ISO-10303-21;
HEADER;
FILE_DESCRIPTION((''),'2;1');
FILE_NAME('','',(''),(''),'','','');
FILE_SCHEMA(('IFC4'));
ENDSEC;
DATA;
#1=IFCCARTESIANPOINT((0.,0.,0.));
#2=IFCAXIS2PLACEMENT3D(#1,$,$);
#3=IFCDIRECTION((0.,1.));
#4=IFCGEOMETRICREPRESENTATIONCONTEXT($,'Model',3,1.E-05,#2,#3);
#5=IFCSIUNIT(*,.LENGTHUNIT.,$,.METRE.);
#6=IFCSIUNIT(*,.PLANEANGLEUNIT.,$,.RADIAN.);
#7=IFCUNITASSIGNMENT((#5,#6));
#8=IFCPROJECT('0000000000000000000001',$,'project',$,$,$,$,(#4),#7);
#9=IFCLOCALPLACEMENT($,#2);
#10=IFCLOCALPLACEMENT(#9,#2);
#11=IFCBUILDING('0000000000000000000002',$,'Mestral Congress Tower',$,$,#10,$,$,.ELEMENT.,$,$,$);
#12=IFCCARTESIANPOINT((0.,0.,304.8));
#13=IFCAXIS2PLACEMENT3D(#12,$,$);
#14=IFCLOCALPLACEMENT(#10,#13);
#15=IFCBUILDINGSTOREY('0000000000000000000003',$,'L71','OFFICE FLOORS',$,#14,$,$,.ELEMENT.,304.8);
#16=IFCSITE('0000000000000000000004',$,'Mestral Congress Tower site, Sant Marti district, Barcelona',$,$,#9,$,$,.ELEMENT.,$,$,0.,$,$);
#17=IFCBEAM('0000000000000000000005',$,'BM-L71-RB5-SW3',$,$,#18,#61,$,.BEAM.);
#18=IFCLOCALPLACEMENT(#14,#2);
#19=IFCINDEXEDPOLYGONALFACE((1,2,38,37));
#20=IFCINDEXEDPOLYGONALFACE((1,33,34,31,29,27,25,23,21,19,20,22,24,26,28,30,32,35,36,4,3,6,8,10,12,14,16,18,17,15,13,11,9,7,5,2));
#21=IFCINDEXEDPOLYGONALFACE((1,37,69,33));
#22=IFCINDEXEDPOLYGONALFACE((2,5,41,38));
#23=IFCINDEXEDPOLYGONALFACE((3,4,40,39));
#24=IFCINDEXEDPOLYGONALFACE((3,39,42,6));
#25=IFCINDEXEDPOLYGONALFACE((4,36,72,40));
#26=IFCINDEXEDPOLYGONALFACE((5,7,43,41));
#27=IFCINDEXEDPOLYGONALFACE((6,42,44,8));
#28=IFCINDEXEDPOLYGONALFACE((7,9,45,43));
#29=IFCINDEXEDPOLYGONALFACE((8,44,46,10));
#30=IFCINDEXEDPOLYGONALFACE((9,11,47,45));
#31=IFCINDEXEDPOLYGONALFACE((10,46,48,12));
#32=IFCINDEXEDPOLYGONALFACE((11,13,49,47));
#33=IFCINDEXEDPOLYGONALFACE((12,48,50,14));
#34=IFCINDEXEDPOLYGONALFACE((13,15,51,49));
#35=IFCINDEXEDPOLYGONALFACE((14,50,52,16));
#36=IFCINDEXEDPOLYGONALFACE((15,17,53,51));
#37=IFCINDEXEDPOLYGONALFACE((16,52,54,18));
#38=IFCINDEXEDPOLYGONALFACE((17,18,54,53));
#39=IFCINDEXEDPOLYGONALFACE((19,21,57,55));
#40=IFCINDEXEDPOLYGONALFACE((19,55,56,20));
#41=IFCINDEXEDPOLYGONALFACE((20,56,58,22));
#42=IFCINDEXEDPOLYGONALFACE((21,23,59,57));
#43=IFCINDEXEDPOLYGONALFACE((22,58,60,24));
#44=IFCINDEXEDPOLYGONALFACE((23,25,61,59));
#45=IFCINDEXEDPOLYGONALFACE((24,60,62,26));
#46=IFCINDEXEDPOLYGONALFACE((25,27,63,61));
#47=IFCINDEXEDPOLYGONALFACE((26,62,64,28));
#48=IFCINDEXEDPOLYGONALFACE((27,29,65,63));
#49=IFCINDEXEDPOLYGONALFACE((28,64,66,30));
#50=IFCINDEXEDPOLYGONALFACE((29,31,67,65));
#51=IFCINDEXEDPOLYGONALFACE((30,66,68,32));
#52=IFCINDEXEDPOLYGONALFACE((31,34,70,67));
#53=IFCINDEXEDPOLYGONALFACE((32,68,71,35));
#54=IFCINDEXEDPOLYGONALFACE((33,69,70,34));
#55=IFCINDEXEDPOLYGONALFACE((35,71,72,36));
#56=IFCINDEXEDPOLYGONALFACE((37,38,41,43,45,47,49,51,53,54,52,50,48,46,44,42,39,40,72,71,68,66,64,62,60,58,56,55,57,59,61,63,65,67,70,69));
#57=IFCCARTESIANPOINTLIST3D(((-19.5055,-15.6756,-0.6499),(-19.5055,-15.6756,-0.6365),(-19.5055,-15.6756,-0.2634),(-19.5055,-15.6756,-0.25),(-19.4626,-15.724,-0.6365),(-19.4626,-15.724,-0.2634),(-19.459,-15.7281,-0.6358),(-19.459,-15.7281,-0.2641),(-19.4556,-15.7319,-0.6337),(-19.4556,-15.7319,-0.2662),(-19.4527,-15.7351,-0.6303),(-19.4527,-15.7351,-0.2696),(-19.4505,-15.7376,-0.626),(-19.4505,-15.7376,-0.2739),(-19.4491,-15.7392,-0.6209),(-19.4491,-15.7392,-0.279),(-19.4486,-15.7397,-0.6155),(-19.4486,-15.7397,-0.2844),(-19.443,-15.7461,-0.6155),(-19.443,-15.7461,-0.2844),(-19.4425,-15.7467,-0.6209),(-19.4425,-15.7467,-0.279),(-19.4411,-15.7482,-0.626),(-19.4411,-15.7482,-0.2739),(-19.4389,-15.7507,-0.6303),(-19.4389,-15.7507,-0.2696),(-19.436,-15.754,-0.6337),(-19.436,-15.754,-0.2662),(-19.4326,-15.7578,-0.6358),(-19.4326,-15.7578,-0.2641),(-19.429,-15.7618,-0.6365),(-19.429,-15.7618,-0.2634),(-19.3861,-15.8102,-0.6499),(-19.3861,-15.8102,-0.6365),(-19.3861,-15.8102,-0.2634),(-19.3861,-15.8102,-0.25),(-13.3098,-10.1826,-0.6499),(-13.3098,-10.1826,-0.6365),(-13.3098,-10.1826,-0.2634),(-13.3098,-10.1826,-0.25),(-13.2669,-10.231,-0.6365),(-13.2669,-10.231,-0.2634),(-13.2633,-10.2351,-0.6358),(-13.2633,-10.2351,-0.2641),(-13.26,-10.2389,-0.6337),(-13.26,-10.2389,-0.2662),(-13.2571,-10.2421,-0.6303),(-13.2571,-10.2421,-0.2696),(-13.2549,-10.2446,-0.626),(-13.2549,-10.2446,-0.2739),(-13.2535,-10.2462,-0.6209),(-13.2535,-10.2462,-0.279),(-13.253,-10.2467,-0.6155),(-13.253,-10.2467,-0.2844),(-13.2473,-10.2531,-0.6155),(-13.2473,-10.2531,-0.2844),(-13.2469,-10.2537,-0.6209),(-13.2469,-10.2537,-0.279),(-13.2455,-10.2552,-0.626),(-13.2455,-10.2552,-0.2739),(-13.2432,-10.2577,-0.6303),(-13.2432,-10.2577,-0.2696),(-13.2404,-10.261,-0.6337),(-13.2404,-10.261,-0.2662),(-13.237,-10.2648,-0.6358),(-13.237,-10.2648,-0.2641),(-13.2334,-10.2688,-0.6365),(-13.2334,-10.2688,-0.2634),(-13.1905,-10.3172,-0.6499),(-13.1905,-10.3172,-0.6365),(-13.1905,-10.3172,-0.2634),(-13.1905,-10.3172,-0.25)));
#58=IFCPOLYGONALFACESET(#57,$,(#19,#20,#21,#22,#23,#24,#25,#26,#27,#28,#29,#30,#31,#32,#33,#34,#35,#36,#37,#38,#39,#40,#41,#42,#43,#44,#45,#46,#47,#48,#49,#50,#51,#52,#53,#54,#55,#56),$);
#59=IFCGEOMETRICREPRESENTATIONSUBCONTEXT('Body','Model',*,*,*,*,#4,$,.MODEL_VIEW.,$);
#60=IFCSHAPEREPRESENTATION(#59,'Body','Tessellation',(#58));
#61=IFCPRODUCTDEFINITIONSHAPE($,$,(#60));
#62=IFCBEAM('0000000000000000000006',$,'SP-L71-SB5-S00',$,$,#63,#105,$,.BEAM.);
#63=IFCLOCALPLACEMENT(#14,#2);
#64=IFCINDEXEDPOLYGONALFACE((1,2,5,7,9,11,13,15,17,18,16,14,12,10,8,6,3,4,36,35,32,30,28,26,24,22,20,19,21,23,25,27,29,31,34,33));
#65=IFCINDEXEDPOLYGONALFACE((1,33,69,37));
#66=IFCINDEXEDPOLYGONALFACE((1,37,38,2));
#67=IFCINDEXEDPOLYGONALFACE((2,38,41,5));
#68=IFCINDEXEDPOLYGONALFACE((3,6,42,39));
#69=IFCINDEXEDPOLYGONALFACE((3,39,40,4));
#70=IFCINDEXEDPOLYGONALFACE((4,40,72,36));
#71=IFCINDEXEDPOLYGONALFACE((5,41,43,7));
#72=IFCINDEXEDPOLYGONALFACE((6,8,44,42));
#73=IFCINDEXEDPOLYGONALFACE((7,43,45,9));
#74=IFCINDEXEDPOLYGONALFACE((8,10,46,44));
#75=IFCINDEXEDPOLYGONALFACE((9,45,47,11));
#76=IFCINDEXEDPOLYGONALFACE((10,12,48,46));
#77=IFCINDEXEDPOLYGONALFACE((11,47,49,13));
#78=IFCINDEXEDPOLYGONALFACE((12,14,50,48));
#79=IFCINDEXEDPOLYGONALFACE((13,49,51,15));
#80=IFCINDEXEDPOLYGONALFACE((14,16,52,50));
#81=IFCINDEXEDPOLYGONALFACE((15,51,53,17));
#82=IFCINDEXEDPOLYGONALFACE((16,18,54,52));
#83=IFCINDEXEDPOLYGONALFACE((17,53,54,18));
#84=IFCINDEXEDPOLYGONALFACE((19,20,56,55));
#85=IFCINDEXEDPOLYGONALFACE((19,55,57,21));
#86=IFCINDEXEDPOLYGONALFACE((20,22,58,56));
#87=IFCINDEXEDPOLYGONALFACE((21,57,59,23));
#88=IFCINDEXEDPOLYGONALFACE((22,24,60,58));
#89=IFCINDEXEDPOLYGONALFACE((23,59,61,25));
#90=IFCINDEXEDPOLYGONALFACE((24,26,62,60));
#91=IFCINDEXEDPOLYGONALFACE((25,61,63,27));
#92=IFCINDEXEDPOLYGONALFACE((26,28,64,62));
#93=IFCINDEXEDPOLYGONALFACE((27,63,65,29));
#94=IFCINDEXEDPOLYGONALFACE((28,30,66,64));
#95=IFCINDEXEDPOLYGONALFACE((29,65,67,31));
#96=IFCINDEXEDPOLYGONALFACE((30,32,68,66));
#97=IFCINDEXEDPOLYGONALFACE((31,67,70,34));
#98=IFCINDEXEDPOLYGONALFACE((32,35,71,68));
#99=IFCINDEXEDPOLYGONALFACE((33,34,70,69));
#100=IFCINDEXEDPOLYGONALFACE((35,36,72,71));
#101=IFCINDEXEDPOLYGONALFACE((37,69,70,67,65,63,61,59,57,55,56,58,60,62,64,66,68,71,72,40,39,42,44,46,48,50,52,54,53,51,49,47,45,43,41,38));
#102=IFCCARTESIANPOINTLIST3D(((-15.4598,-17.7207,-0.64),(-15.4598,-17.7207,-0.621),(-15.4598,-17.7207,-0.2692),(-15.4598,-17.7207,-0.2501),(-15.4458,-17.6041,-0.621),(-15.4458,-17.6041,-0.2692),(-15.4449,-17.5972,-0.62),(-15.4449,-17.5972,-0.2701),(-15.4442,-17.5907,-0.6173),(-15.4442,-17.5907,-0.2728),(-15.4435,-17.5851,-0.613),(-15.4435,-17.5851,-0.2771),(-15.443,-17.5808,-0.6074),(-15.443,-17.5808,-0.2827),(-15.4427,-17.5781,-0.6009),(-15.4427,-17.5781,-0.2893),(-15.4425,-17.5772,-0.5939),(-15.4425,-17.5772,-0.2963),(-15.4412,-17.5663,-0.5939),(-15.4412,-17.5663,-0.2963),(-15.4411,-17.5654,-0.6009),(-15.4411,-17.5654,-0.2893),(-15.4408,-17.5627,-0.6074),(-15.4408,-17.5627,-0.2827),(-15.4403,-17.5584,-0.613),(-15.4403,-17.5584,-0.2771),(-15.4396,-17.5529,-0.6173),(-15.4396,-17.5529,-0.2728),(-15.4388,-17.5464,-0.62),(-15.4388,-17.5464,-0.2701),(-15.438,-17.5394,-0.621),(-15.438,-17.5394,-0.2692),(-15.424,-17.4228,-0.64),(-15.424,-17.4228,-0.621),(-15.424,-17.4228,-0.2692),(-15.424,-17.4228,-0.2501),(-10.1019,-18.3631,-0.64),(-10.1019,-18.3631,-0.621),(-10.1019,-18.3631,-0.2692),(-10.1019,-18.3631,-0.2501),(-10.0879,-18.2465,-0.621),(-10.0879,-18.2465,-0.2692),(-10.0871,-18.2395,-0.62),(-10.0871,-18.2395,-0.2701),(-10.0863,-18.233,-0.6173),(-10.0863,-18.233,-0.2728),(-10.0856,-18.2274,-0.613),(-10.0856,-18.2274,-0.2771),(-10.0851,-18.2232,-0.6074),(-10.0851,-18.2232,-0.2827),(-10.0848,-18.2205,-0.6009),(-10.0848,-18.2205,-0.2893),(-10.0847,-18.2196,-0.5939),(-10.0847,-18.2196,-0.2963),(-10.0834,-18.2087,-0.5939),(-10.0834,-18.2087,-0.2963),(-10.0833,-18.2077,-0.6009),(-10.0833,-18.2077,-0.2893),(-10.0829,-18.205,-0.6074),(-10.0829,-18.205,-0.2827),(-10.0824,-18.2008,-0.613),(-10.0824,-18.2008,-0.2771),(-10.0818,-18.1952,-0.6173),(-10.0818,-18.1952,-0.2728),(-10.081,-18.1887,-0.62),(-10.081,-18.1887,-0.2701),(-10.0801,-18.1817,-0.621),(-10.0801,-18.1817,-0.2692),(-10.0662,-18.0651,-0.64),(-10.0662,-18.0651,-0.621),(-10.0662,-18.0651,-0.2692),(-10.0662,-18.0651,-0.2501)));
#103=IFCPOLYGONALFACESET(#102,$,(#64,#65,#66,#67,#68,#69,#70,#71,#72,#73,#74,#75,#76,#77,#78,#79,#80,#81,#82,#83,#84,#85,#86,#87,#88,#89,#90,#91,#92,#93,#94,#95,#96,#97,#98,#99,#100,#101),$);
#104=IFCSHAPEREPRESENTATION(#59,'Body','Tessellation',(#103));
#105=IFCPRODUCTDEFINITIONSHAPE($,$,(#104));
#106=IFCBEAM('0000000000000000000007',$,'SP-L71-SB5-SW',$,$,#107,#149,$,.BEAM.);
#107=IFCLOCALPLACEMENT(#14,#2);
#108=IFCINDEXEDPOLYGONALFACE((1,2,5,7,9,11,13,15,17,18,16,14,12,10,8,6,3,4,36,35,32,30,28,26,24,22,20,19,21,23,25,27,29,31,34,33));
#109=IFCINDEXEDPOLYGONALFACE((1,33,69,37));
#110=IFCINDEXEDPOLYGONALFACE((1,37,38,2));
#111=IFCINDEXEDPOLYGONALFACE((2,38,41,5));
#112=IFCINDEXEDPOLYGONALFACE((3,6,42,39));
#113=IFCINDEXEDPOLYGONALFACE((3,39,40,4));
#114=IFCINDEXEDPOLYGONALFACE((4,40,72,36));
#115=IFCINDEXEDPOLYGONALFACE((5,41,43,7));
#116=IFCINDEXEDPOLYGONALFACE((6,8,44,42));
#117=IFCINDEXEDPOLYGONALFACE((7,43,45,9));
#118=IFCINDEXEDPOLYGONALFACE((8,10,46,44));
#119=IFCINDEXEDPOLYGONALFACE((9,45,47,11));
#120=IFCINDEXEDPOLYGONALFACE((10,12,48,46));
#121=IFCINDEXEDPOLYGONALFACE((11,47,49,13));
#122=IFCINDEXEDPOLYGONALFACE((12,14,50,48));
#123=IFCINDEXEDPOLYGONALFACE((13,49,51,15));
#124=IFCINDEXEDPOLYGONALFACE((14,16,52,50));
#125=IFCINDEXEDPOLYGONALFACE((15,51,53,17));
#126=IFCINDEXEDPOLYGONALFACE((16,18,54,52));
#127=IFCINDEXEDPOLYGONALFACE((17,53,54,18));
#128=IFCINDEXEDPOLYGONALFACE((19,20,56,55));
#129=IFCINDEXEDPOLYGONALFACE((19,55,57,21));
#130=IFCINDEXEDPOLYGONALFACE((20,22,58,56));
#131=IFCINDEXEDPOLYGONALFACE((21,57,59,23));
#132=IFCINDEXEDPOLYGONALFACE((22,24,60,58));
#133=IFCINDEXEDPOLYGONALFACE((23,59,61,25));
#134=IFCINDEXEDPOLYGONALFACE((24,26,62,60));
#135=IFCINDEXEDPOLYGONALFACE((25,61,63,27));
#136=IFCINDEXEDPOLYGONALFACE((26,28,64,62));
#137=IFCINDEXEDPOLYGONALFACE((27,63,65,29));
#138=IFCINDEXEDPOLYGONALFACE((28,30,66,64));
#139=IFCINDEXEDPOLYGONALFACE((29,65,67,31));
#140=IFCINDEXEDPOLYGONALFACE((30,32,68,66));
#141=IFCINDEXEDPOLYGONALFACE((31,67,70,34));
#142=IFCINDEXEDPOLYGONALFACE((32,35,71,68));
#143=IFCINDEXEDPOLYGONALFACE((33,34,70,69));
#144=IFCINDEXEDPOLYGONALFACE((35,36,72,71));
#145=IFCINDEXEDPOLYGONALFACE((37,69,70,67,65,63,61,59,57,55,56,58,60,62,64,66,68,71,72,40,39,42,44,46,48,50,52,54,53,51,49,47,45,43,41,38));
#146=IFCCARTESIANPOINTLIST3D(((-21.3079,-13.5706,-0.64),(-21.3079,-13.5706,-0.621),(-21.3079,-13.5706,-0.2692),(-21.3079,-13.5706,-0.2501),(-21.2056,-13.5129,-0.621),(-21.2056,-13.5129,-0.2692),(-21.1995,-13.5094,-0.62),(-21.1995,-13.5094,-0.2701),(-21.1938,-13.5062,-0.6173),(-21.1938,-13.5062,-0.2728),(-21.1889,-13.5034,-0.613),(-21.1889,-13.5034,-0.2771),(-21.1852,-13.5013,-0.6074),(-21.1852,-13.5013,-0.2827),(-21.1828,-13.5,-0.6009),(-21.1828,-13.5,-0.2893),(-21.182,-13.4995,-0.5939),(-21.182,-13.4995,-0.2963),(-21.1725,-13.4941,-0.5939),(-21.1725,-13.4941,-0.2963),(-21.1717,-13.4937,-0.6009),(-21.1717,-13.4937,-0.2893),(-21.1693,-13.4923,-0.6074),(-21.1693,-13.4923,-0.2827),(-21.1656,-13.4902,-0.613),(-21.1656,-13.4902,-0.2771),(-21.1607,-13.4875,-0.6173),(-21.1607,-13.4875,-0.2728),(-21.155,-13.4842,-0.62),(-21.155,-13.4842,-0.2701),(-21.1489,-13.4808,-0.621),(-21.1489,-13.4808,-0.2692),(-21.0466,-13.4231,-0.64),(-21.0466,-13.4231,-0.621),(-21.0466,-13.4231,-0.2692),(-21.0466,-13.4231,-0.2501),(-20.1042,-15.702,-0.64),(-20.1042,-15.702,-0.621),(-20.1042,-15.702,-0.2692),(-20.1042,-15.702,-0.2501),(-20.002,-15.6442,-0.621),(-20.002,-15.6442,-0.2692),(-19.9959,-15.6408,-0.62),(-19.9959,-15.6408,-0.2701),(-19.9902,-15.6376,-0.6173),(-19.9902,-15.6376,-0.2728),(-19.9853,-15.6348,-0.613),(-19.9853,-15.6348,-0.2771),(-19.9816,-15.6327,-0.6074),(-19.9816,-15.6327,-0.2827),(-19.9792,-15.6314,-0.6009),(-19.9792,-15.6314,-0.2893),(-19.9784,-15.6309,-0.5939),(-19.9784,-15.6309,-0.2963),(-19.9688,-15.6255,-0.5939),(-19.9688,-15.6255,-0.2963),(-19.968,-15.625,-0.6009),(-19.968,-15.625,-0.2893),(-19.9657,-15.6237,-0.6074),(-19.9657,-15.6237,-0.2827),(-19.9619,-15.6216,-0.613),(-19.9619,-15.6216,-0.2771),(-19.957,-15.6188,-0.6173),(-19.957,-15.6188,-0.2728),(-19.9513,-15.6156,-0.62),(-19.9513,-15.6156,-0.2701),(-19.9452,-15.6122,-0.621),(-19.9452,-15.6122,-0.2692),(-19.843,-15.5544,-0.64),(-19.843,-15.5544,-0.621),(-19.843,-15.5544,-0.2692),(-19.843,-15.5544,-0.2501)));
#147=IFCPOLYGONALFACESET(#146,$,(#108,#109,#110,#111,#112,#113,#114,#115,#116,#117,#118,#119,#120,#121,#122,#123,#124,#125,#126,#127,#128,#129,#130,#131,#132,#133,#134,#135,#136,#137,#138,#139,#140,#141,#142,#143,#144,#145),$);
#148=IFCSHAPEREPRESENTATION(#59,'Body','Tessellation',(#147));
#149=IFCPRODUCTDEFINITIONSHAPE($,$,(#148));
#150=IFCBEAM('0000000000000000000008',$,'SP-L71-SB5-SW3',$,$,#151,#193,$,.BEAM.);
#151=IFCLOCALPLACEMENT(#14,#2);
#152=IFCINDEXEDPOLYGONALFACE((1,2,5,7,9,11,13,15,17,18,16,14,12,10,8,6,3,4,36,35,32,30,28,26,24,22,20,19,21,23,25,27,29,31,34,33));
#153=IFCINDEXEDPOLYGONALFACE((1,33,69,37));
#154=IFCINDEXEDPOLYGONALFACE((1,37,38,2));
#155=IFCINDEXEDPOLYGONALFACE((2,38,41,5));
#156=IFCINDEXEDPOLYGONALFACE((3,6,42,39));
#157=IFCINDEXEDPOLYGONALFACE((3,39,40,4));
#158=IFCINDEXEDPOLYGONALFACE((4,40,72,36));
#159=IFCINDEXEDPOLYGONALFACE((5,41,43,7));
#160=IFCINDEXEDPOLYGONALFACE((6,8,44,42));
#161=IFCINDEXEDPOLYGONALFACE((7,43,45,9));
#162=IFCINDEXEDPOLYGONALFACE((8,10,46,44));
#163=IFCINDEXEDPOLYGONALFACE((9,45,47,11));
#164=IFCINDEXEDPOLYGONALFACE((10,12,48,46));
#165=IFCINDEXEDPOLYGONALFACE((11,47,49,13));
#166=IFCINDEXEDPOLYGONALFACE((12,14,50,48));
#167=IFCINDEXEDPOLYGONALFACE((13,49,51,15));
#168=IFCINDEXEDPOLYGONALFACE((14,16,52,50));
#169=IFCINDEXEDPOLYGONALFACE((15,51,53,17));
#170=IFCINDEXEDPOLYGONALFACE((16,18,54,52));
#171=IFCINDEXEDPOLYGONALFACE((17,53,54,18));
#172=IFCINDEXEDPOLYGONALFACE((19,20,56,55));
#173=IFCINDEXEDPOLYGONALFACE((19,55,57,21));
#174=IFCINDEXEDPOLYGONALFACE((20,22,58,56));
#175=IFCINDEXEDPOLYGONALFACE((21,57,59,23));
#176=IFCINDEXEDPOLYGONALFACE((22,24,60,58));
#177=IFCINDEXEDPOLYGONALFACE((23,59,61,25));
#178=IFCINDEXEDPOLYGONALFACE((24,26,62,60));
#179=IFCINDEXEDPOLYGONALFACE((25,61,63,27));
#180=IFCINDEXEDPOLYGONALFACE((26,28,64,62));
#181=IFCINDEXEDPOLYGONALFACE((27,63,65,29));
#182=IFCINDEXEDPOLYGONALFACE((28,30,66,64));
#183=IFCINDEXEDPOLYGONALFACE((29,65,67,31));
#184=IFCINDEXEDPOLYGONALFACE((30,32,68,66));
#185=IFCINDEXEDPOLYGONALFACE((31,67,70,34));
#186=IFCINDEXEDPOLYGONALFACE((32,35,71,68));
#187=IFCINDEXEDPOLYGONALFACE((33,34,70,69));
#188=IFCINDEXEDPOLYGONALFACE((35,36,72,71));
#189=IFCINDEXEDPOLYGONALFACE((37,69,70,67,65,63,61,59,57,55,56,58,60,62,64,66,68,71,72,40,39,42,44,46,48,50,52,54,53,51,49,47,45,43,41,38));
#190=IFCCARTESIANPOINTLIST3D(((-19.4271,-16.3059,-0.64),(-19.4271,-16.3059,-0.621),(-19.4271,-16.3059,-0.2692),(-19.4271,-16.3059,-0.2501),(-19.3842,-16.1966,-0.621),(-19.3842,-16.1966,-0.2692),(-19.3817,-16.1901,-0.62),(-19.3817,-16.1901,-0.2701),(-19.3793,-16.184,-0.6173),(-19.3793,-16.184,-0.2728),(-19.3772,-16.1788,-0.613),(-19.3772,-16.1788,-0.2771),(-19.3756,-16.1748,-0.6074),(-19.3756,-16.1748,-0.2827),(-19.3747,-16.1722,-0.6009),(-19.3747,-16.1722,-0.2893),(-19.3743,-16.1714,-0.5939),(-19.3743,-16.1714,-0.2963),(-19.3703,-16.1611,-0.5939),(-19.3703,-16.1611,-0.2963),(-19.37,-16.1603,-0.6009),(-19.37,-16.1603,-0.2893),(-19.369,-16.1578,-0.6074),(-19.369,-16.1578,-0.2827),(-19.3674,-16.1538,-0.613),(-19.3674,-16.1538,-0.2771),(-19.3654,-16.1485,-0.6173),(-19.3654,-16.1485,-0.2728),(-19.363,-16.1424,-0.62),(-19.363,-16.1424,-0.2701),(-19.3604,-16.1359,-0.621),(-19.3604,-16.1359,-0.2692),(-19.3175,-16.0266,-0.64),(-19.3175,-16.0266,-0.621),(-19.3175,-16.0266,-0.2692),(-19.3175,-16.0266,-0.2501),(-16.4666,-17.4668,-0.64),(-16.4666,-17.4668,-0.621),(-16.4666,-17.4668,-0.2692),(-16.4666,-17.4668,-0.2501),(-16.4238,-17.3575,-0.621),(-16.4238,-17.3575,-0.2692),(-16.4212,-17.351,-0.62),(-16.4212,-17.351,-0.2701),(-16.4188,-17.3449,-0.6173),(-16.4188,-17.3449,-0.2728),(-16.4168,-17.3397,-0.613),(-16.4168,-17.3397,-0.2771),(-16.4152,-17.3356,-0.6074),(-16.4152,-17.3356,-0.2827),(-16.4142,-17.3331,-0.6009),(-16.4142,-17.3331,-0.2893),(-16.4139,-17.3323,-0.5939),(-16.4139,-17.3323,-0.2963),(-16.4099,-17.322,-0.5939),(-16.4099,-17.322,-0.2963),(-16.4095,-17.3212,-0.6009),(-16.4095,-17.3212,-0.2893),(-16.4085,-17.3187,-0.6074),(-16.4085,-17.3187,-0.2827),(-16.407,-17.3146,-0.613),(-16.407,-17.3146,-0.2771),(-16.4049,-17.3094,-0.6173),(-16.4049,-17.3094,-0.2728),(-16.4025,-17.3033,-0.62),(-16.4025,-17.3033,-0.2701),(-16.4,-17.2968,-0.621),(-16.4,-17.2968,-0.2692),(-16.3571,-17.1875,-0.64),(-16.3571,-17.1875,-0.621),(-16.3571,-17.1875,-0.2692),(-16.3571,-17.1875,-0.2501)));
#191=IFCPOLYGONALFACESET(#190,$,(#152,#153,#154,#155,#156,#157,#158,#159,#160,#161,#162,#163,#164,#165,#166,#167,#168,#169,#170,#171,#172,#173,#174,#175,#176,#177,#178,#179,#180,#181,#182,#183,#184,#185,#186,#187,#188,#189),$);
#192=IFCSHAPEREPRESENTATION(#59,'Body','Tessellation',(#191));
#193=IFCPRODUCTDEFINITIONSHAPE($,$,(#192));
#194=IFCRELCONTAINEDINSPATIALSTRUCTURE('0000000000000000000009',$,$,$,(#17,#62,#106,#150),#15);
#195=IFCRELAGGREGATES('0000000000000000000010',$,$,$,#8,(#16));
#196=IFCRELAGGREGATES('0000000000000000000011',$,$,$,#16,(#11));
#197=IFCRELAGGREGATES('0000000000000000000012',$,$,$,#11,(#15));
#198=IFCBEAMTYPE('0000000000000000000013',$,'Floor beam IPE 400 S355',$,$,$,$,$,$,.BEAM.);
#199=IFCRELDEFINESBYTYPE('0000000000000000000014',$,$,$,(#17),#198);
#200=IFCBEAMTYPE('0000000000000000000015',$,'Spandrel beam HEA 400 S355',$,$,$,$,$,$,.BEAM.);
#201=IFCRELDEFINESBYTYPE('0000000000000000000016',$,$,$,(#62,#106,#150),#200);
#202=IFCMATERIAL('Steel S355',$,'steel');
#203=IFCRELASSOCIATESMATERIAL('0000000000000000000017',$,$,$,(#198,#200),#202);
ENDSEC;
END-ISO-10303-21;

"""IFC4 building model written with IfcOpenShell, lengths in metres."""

from ifc_helpers import new_model, si_unit, direction, frame, origin, origin_2d, place, context, subcontext, project, spatial, i_section, extrude, material, material_profile, profile_set, type_object, element, save


model = new_model("IFC4")

# Units and contexts
model_context = context("Model", 3, precision=1e-05, world=origin(), true_north=direction((0.0, 1.0)))
body_context = subcontext(model_context, "Body", "Model", "MODEL_VIEW")
ifc_project = project(units=[si_unit("LENGTHUNIT", "METRE"), si_unit("PLANEANGLEUNIT", "RADIAN")], contexts=[model_context])

# Site, building, storey
site_placement = place(None, origin())
site = spatial("IfcSite", under=ifc_project, at=site_placement, Name="Mestral Congress Tower site, Sant Marti district, Barcelona", CompositionType="ELEMENT", RefElevation=0.0)
building_placement = place(site_placement, origin())
building = spatial("IfcBuilding", under=site, at=building_placement, Name="Mestral Congress Tower", CompositionType="ELEMENT")
storey_placement = place(building_placement, frame((0.0, 0.0, 304.8)))
storey = spatial("IfcBuildingStorey", under=building, at=storey_placement, Name="L71", Description="OFFICE FLOORS", CompositionType="ELEMENT", Elevation=304.8)

# Beams
ifc_material_1 = material(Name="Steel S355", Category="steel")
ifc_material_profile_1 = material_profile(ifc_material_1, i_section(OverallWidth=0.1799, OverallDepth=0.3999, WebThickness=0.0085, FlangeThickness=0.0134, FilletRadius=0.021, at=origin_2d()), Name="IPE 400")
ifc_profile_set_1 = profile_set([ifc_material_profile_1], Name="Steel S355")
beam_type_1 = type_object("IfcBeamType", Name="Floor beam IPE 400 S355", PredefinedType="BEAM", material=ifc_profile_set_1)
beam_1_placement = place(storey_placement, frame((-19.4458, -15.7429, -0.45), z_axis=(0.748263, 0.663402, 0.0), x_axis=(-0.663402, 0.748263, 0.0)))
element("IfcBeam", 1, at=beam_1_placement, inside=storey, type_object=beam_type_1, Name="BM-L71-RB5-SW3", PredefinedType="BEAM", context=body_context, shape_type="SweptSolid", body=[
    extrude(i_section(OverallWidth=0.1799, OverallDepth=0.3999, WebThickness=0.0085, FlangeThickness=0.0134, FilletRadius=0.021, at=origin_2d()), origin(), (0.0, 0.0, 1.0), 8.28),
])
ifc_material_profile_2 = material_profile(ifc_material_1, i_section(OverallWidth=0.3, OverallDepth=0.3899, WebThickness=0.011, FlangeThickness=0.019, FilletRadius=0.0271, at=origin_2d()), Name="HEA 400")
ifc_profile_set_2 = profile_set([ifc_material_profile_2], Name="Steel S355")
beam_type_2 = type_object("IfcBeamType", Name="Spandrel beam HEA 400 S355", PredefinedType="BEAM", material=ifc_profile_set_2)
beam_2_placement = place(storey_placement, frame((-15.4419, -17.5718, -0.4451), z_axis=(0.99289, -0.119033, 0.0), x_axis=(0.119033, 0.99289, 0.0)))
element("IfcBeam", 2, at=beam_2_placement, inside=storey, type_object=beam_type_2, Name="SP-L71-SB5-S00", PredefinedType="BEAM", context=body_context, shape_type="SweptSolid", body=[
    extrude(i_section(OverallWidth=0.3, OverallDepth=0.3899, WebThickness=0.011, FlangeThickness=0.019, FilletRadius=0.0271, at=origin_2d()), origin(), (0.0, 0.0, 1.0), 5.3962),
])
beam_3_placement = place(storey_placement, frame((-21.1772, -13.4968, -0.4451), z_axis=(0.491729, -0.870749, 0.0), x_axis=(0.870749, 0.491729, 0.0)))
element("IfcBeam", 3, at=beam_3_placement, inside=storey, type_object=beam_type_2, Name="SP-L71-SB5-SW", PredefinedType="BEAM", context=body_context, shape_type="SweptSolid", body=[
    extrude(i_section(OverallWidth=0.3, OverallDepth=0.3899, WebThickness=0.011, FlangeThickness=0.019, FilletRadius=0.0271, at=origin_2d()), origin(), (0.0, 0.0, 1.0), 2.4478),
])
beam_4_placement = place(storey_placement, frame((-19.3723, -16.1663, -0.4451), z_axis=(0.930981, -0.365068, 0.0), x_axis=(0.365068, 0.930981, 0.0)))
element("IfcBeam", 4, at=beam_4_placement, inside=storey, type_object=beam_type_2, Name="SP-L71-SB5-SW3", PredefinedType="BEAM", context=body_context, shape_type="SweptSolid", body=[
    extrude(i_section(OverallWidth=0.3, OverallDepth=0.3899, WebThickness=0.011, FlangeThickness=0.019, FilletRadius=0.0271, at=origin_2d()), origin(), (0.0, 0.0, 1.0), 3.1799),
])

save(model, "model.ifc")
